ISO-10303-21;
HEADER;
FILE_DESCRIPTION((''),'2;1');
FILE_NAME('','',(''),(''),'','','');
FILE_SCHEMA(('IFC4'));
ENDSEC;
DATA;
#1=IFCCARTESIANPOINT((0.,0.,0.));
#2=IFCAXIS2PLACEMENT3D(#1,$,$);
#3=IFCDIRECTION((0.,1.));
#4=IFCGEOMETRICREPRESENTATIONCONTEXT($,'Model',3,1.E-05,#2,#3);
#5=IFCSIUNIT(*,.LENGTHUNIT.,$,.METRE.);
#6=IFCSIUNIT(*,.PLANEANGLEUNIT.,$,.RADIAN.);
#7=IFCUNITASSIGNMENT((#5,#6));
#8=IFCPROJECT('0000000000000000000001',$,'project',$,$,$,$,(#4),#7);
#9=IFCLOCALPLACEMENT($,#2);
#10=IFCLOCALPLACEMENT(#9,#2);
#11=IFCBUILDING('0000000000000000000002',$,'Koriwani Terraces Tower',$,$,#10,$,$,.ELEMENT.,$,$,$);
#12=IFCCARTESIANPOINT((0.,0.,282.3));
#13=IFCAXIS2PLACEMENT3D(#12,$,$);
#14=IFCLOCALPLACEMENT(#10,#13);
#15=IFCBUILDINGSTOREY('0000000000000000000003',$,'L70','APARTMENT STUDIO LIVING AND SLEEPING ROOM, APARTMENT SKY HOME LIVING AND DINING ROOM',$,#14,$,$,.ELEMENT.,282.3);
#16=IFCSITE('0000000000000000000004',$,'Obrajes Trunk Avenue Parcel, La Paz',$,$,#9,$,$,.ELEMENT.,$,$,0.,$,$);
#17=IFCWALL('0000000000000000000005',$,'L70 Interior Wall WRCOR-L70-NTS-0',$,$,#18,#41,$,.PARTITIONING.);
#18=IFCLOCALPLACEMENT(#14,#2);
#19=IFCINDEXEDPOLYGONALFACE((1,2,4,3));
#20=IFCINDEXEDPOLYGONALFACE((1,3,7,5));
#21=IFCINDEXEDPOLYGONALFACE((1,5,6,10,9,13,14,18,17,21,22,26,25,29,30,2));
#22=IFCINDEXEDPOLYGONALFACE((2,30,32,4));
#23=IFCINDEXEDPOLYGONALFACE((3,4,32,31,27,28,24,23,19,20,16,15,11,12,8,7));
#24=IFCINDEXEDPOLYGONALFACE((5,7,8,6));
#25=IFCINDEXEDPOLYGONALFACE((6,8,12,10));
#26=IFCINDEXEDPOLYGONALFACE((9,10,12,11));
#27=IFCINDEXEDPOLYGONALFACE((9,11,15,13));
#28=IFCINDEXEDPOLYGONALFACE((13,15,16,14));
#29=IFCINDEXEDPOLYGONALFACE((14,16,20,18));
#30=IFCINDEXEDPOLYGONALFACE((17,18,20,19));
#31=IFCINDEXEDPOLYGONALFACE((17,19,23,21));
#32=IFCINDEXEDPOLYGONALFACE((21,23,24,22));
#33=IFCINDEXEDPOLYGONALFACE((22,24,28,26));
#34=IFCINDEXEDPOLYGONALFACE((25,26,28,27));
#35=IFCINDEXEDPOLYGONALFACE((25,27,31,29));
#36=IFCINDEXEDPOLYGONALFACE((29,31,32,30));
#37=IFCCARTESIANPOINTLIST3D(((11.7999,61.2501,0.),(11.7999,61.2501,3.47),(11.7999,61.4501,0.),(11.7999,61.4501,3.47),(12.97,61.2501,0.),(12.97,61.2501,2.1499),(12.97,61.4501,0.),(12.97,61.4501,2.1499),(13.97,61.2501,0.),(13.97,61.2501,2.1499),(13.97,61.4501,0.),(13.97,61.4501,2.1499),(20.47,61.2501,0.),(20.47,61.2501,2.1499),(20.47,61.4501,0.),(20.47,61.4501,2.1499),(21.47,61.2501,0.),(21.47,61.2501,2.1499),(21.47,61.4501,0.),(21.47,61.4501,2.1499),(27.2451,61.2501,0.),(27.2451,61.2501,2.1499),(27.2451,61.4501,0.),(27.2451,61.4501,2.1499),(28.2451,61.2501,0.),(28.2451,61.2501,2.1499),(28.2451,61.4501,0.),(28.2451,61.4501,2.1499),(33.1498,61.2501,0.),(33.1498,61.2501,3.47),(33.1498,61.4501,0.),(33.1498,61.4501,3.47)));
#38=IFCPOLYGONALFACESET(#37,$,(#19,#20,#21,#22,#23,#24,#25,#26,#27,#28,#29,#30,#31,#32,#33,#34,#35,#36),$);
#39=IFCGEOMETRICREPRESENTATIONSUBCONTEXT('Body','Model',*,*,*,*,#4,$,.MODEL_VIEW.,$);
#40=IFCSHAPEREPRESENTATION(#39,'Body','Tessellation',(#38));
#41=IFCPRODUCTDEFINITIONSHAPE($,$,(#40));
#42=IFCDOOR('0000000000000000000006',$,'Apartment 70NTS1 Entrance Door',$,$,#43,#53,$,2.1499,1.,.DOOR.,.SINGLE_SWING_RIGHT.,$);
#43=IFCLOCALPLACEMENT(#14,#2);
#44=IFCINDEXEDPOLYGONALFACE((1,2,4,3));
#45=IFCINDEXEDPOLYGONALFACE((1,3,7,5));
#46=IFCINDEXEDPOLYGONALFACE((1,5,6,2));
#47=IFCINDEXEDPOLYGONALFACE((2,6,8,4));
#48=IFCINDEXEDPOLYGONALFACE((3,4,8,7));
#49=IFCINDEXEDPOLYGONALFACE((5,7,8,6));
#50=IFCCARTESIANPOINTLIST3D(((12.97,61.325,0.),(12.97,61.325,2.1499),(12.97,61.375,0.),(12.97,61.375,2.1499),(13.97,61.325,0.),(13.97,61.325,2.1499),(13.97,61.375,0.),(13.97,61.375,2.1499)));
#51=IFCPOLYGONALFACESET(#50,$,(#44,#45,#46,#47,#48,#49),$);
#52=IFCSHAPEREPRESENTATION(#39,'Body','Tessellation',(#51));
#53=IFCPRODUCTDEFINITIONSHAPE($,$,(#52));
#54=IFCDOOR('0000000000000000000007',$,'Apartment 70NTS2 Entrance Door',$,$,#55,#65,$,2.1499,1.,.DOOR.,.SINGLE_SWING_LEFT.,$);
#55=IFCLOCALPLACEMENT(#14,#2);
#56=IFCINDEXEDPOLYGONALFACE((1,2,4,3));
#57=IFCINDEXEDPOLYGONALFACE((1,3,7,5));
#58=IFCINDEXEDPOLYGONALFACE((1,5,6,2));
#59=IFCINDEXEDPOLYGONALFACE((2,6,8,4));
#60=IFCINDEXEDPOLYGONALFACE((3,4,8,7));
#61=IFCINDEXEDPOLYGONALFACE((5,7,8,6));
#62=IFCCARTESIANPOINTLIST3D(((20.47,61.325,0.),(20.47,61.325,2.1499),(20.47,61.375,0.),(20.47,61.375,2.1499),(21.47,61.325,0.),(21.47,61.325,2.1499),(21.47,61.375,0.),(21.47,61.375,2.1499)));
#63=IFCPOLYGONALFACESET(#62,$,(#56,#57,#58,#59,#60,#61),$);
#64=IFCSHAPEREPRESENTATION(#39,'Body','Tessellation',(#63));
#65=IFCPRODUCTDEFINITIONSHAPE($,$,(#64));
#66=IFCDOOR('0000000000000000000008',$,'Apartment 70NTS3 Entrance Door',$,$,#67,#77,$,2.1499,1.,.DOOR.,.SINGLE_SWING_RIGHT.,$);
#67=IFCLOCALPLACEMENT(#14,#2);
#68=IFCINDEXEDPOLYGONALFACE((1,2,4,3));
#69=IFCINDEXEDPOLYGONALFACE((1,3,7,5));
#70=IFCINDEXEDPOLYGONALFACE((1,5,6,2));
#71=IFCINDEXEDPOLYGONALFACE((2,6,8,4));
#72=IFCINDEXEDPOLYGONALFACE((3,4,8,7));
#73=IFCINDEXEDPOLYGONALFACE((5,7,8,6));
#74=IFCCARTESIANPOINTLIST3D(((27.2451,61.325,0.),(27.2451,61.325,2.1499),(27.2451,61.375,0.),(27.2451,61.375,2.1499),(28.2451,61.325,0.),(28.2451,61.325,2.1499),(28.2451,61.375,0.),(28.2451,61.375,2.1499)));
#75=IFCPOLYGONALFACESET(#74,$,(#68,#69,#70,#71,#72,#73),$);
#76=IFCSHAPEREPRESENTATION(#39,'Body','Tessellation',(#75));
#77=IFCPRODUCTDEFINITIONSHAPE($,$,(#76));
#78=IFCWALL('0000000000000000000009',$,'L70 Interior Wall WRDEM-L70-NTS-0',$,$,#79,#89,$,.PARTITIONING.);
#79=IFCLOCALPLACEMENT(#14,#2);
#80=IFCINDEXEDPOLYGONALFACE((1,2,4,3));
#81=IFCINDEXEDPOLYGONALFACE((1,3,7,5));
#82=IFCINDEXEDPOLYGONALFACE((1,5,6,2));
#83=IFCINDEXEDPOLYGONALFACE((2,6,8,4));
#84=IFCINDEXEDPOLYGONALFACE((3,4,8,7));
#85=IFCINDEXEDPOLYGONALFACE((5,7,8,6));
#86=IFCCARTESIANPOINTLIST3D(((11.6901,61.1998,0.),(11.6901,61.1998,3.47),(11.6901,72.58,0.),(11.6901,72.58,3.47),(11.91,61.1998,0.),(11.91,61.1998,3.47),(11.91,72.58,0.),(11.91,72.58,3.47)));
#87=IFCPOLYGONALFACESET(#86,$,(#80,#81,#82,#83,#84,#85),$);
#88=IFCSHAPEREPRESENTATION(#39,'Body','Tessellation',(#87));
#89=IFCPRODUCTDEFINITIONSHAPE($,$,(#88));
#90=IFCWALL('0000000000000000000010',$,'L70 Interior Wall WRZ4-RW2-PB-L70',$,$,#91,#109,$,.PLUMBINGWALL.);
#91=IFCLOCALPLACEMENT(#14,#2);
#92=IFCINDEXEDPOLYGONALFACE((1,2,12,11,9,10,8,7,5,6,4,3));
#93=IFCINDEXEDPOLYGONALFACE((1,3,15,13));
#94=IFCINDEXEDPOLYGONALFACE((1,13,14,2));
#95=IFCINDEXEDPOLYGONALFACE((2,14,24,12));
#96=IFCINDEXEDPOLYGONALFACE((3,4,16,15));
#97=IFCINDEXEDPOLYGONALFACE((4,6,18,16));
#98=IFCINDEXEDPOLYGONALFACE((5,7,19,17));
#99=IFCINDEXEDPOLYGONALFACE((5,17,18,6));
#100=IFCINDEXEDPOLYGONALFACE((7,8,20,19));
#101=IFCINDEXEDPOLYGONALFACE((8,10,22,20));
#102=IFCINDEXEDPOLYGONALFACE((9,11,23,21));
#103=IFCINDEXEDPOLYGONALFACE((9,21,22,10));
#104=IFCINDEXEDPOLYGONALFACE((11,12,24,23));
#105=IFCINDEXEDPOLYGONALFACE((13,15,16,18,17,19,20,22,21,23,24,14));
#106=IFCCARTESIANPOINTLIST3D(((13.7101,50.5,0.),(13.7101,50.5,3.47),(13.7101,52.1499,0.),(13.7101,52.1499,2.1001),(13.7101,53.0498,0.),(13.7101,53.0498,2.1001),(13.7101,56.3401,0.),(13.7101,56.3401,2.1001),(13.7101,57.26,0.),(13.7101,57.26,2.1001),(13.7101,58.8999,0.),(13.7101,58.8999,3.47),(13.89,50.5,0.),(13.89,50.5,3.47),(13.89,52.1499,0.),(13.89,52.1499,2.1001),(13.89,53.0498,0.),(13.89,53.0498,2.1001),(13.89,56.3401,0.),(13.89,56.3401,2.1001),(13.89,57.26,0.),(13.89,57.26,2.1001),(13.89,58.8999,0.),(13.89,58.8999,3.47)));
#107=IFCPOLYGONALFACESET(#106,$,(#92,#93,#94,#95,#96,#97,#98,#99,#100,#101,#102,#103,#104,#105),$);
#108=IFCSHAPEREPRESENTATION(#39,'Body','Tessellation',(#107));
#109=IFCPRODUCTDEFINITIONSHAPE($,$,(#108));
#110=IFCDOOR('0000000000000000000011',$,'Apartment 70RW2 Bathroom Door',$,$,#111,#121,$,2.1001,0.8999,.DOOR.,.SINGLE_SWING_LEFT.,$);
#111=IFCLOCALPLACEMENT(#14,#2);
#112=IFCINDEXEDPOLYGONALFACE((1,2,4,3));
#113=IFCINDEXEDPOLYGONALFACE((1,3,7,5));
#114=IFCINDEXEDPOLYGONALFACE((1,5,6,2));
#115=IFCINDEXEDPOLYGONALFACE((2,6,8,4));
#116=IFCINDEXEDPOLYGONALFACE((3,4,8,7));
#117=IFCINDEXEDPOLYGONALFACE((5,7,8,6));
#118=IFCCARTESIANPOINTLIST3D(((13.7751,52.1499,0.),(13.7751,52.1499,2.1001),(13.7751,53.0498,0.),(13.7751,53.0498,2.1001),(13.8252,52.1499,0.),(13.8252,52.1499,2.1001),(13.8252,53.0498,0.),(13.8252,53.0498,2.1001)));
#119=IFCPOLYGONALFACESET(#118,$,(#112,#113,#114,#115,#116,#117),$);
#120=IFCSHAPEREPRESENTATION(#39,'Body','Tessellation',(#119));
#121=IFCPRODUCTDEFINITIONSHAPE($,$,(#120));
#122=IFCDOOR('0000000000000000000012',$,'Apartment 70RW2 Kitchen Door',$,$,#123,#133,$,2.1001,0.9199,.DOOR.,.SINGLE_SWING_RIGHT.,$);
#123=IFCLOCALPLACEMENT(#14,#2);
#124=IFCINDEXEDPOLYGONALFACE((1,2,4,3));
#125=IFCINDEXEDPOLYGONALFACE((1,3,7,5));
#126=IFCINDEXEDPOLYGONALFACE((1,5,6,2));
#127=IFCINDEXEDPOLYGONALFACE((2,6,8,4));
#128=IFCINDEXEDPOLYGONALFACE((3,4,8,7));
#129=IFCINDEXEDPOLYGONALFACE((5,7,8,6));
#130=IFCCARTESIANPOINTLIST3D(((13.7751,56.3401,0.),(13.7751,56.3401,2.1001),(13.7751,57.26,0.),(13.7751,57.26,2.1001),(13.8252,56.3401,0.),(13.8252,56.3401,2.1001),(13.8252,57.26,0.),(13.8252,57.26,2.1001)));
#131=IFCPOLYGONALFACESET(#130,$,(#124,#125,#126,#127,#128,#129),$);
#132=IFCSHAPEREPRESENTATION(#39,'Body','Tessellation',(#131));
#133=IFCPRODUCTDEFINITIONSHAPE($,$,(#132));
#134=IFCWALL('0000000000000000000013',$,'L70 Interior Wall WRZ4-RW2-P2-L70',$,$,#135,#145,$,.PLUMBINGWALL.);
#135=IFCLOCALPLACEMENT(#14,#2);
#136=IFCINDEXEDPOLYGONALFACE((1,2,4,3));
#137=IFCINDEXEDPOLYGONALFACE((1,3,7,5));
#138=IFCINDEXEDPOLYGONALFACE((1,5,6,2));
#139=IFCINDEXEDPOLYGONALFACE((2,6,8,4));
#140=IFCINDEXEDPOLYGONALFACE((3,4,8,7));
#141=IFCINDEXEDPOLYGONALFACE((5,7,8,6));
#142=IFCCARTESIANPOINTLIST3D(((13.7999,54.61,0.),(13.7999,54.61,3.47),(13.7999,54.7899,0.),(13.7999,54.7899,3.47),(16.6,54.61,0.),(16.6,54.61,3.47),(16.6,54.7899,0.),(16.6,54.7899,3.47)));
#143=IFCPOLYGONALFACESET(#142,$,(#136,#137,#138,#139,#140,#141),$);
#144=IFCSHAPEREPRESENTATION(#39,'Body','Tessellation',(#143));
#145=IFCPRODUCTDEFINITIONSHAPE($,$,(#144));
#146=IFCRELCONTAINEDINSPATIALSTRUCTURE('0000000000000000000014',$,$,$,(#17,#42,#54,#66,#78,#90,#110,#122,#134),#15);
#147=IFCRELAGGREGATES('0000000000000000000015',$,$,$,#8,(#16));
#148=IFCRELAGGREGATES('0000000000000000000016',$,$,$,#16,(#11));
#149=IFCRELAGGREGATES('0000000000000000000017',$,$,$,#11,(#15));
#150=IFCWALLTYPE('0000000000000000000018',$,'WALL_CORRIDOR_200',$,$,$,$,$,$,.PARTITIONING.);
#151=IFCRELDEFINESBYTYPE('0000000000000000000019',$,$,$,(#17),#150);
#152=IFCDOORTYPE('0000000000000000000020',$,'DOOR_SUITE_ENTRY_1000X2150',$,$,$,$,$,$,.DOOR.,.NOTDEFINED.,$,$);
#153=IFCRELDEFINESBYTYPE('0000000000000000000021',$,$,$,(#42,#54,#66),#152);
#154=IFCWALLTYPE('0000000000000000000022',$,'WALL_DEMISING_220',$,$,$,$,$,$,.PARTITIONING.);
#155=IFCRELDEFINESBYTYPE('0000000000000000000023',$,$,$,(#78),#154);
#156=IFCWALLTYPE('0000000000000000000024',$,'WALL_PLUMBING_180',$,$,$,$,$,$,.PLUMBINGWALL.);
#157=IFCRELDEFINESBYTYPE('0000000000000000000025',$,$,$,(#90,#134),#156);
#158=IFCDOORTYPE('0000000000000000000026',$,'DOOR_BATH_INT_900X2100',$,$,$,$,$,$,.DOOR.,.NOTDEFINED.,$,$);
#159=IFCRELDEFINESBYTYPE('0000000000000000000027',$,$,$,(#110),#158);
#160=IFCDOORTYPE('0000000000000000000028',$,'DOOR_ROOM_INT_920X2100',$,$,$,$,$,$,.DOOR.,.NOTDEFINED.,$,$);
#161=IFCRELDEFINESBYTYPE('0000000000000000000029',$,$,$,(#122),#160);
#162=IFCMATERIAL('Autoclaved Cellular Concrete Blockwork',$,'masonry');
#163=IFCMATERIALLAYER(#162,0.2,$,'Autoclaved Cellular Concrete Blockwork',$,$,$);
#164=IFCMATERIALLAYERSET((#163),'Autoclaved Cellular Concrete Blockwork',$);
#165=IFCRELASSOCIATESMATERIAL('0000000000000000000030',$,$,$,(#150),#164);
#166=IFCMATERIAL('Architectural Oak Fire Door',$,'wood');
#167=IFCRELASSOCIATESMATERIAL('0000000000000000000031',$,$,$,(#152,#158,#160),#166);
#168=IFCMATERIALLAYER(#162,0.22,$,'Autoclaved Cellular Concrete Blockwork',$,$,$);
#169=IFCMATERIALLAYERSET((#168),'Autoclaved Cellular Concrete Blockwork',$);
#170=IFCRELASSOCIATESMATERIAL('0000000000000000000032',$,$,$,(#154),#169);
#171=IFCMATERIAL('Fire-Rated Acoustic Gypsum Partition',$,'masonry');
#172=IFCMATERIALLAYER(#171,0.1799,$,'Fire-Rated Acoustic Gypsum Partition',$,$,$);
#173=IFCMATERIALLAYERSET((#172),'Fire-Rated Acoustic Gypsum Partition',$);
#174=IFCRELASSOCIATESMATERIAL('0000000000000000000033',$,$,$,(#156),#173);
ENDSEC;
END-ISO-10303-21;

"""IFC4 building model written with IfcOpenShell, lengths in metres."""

from ifc_helpers import new_model, si_unit, direction, frame, frame_2d, origin, place, context, subcontext, project, spatial, rectangle, extrude, material, layer, layer_set, type_object, element, fill, save


model = new_model("IFC4")

# Units and contexts
model_context = context("Model", 3, precision=1e-05, world=origin(), true_north=direction((0.0, 1.0)))
body_context = subcontext(model_context, "Body", "Model", "MODEL_VIEW")
ifc_project = project(units=[si_unit("LENGTHUNIT", "METRE"), si_unit("PLANEANGLEUNIT", "RADIAN")], contexts=[model_context])

# Site, building, storey
site_placement = place(None, origin())
site = spatial("IfcSite", under=ifc_project, at=site_placement, Name="Obrajes Trunk Avenue Parcel, La Paz", CompositionType="ELEMENT", RefElevation=0.0)
building_placement = place(site_placement, origin())
building = spatial("IfcBuilding", under=site, at=building_placement, Name="Koriwani Terraces Tower", CompositionType="ELEMENT")
storey_placement = place(building_placement, frame((0.0, 0.0, 282.3)))
storey = spatial("IfcBuildingStorey", under=building, at=storey_placement, Name="L70", Description="APARTMENT STUDIO LIVING AND SLEEPING ROOM, APARTMENT SKY HOME LIVING AND DINING ROOM", CompositionType="ELEMENT", Elevation=282.3)

# Shared definitions
ifc_material_1 = material(Name="Autoclaved Cellular Concrete Blockwork", Category="masonry")
ifc_layer_1 = layer(ifc_material_1, 0.2, Name="Autoclaved Cellular Concrete Blockwork")
ifc_layer_set_1 = layer_set([ifc_layer_1], Name="Autoclaved Cellular Concrete Blockwork")
wall_type_1 = type_object("IfcWallType", Name="WALL_CORRIDOR_200", PredefinedType="PARTITIONING", material=ifc_layer_set_1)
ifc_material_2 = material(Name="Architectural Oak Fire Door", Category="wood")
door_type_1 = type_object("IfcDoorType", Name="DOOR_SUITE_ENTRY_1000X2150", OperationType="NOTDEFINED", PredefinedType="DOOR", material=ifc_material_2)

# Wall, openings, doors
wall_1_placement = place(storey_placement, frame((11.8, 61.3501, 0.0), z_axis=(0.0, 0.0, 1.0), x_axis=(1.0, 0.0, 0.0)))
wall_1 = element("IfcWall", 1, at=wall_1_placement, inside=storey, type_object=wall_type_1, Name="L70 Interior Wall WRCOR-L70-NTS-0", PredefinedType="PARTITIONING", context=body_context, shape_type="SweptSolid", body=[
    extrude(rectangle(XDim=21.3499, YDim=0.2, at=frame_2d((10.6748, 0.0))), origin(), (0.0, 0.0, 1.0), 3.47),
])
opening_1_placement = place(wall_1_placement, frame((1.1699, 0.0, 0.0)))
opening_1 = element("IfcOpeningElement", 2, at=opening_1_placement, cuts=wall_1, PredefinedType="OPENING", context=body_context, shape_type="SweptSolid", body=[
    extrude(rectangle(XDim=1.0, YDim=2.1499, at=frame_2d((0.5, 1.075))), frame((0.0, 0.1099, 0.0), z_axis=(0.0, -1.0, 0.0), x_axis=(1.0, 0.0, 0.0)), (0.0, 0.0, 1.0), 0.22),
])
opening_2_placement = place(wall_1_placement, frame((8.6699, 0.0, 0.0)))
opening_2 = element("IfcOpeningElement", 3, at=opening_2_placement, cuts=wall_1, PredefinedType="OPENING", context=body_context, shape_type="SweptSolid", body=[
    extrude(rectangle(XDim=1.0, YDim=2.1499, at=frame_2d((0.5, 1.075))), frame((0.0, 0.1099, 0.0), z_axis=(0.0, -1.0, 0.0), x_axis=(1.0, 0.0, 0.0)), (0.0, 0.0, 1.0), 0.22),
])
opening_3_placement = place(wall_1_placement, frame((15.4451, 0.0, 0.0)))
opening_3 = element("IfcOpeningElement", 4, at=opening_3_placement, cuts=wall_1, PredefinedType="OPENING", context=body_context, shape_type="SweptSolid", body=[
    extrude(rectangle(XDim=1.0, YDim=2.1499, at=frame_2d((0.5, 1.075))), frame((0.0, 0.1099, 0.0), z_axis=(0.0, -1.0, 0.0), x_axis=(1.0, 0.0, 0.0)), (0.0, 0.0, 1.0), 0.22),
])
door_1_placement = place(opening_1_placement, origin())
door_1 = element("IfcDoor", 5, at=door_1_placement, inside=storey, type_object=door_type_1, Name="Apartment 70NTS1 Entrance Door", OperationType="SINGLE_SWING_RIGHT", OverallHeight=2.1499, OverallWidth=1.0, PredefinedType="DOOR", context=body_context, shape_type="SweptSolid", body=[
    extrude(rectangle(XDim=1.0, YDim=2.1499, at=frame_2d((0.5, 1.075))), frame((0.0, 0.0249, 0.0), z_axis=(0.0, -1.0, 0.0), x_axis=(1.0, 0.0, 0.0)), (0.0, 0.0, 1.0), 0.05),
])
fill(opening_1, door_1)
door_2_placement = place(opening_2_placement, origin())
door_2 = element("IfcDoor", 6, at=door_2_placement, inside=storey, type_object=door_type_1, Name="Apartment 70NTS2 Entrance Door", OperationType="SINGLE_SWING_LEFT", OverallHeight=2.1499, OverallWidth=1.0, PredefinedType="DOOR", context=body_context, shape_type="SweptSolid", body=[
    extrude(rectangle(XDim=1.0, YDim=2.1499, at=frame_2d((0.5, 1.075))), frame((0.0, 0.0249, 0.0), z_axis=(0.0, -1.0, 0.0), x_axis=(1.0, 0.0, 0.0)), (0.0, 0.0, 1.0), 0.05),
])
fill(opening_2, door_2)
door_3_placement = place(opening_3_placement, origin())
door_3 = element("IfcDoor", 7, at=door_3_placement, inside=storey, type_object=door_type_1, Name="Apartment 70NTS3 Entrance Door", OperationType="SINGLE_SWING_RIGHT", OverallHeight=2.1499, OverallWidth=1.0, PredefinedType="DOOR", context=body_context, shape_type="SweptSolid", body=[
    extrude(rectangle(XDim=1.0, YDim=2.1499, at=frame_2d((0.5, 1.075))), frame((0.0, 0.0249, 0.0), z_axis=(0.0, -1.0, 0.0), x_axis=(1.0, 0.0, 0.0)), (0.0, 0.0, 1.0), 0.05),
])
fill(opening_3, door_3)

# Wall
ifc_layer_2 = layer(ifc_material_1, 0.22, Name="Autoclaved Cellular Concrete Blockwork")
ifc_layer_set_2 = layer_set([ifc_layer_2], Name="Autoclaved Cellular Concrete Blockwork")
wall_type_2 = type_object("IfcWallType", Name="WALL_DEMISING_220", PredefinedType="PARTITIONING", material=ifc_layer_set_2)
wall_2_placement = place(storey_placement, frame((11.8, 61.2, 0.0), z_axis=(0.0, 0.0, 1.0), x_axis=(0.0, 1.0, 0.0)))
element("IfcWall", 8, at=wall_2_placement, inside=storey, type_object=wall_type_2, Name="L70 Interior Wall WRDEM-L70-NTS-0", PredefinedType="PARTITIONING", context=body_context, shape_type="SweptSolid", body=[
    extrude(rectangle(XDim=11.3801, YDim=0.22, at=frame_2d((5.6899, 0.0))), origin(), (0.0, 0.0, 1.0), 3.47),
])

# Wall, openings, doors
ifc_material_3 = material(Name="Fire-Rated Acoustic Gypsum Partition", Category="masonry")
ifc_layer_3 = layer(ifc_material_3, 0.1799, Name="Fire-Rated Acoustic Gypsum Partition")
ifc_layer_set_3 = layer_set([ifc_layer_3], Name="Fire-Rated Acoustic Gypsum Partition")
wall_type_3 = type_object("IfcWallType", Name="WALL_PLUMBING_180", PredefinedType="PLUMBINGWALL", material=ifc_layer_set_3)
wall_3_placement = place(storey_placement, frame((13.8, 50.5, 0.0), z_axis=(0.0, 0.0, 1.0), x_axis=(0.0, 1.0, 0.0)))
wall_3 = element("IfcWall", 9, at=wall_3_placement, inside=storey, type_object=wall_type_3, Name="L70 Interior Wall WRZ4-RW2-PB-L70", PredefinedType="PLUMBINGWALL", context=body_context, shape_type="SweptSolid", body=[
    extrude(rectangle(XDim=8.3999, YDim=0.1799, at=frame_2d((4.2, 0.0))), origin(), (0.0, 0.0, 1.0), 3.47),
])
opening_4_placement = place(wall_3_placement, frame((1.6499, 0.0, 0.0)))
opening_4 = element("IfcOpeningElement", 10, at=opening_4_placement, cuts=wall_3, PredefinedType="OPENING", context=body_context, shape_type="SweptSolid", body=[
    extrude(rectangle(XDim=0.8999, YDim=2.1001, at=frame_2d((0.45, 1.05))), frame((0.0, 0.1001, 0.0), z_axis=(0.0, -1.0, 0.0), x_axis=(1.0, 0.0, 0.0)), (0.0, 0.0, 1.0), 0.2),
])
opening_5_placement = place(wall_3_placement, frame((5.8401, 0.0, 0.0)))
opening_5 = element("IfcOpeningElement", 11, at=opening_5_placement, cuts=wall_3, PredefinedType="OPENING", context=body_context, shape_type="SweptSolid", body=[
    extrude(rectangle(XDim=0.9199, YDim=2.1001, at=frame_2d((0.46, 1.05))), frame((0.0, 0.1001, 0.0), z_axis=(0.0, -1.0, 0.0), x_axis=(1.0, 0.0, 0.0)), (0.0, 0.0, 1.0), 0.2),
])
door_type_2 = type_object("IfcDoorType", Name="DOOR_BATH_INT_900X2100", OperationType="NOTDEFINED", PredefinedType="DOOR", material=ifc_material_2)
door_4_placement = place(opening_4_placement, origin())
door_4 = element("IfcDoor", 12, at=door_4_placement, inside=storey, type_object=door_type_2, Name="Apartment 70RW2 Bathroom Door", OperationType="SINGLE_SWING_LEFT", OverallHeight=2.1001, OverallWidth=0.8999, PredefinedType="DOOR", context=body_context, shape_type="SweptSolid", body=[
    extrude(rectangle(XDim=0.8999, YDim=2.1001, at=frame_2d((0.45, 1.05))), frame((0.0, 0.0249, 0.0), z_axis=(0.0, -1.0, 0.0), x_axis=(1.0, 0.0, 0.0)), (0.0, 0.0, 1.0), 0.05),
])
fill(opening_4, door_4)
door_type_3 = type_object("IfcDoorType", Name="DOOR_ROOM_INT_920X2100", OperationType="NOTDEFINED", PredefinedType="DOOR", material=ifc_material_2)
door_5_placement = place(opening_5_placement, origin())
door_5 = element("IfcDoor", 13, at=door_5_placement, inside=storey, type_object=door_type_3, Name="Apartment 70RW2 Kitchen Door", OperationType="SINGLE_SWING_RIGHT", OverallHeight=2.1001, OverallWidth=0.9199, PredefinedType="DOOR", context=body_context, shape_type="SweptSolid", body=[
    extrude(rectangle(XDim=0.9199, YDim=2.1001, at=frame_2d((0.46, 1.05))), frame((0.0, 0.0249, 0.0), z_axis=(0.0, -1.0, 0.0), x_axis=(1.0, 0.0, 0.0)), (0.0, 0.0, 1.0), 0.05),
])
fill(opening_5, door_5)

# Wall
wall_4_placement = place(storey_placement, frame((13.8, 54.7, 0.0), z_axis=(0.0, 0.0, 1.0), x_axis=(1.0, 0.0, 0.0)))
element("IfcWall", 14, at=wall_4_placement, inside=storey, type_object=wall_type_3, Name="L70 Interior Wall WRZ4-RW2-P2-L70", PredefinedType="PLUMBINGWALL", context=body_context, shape_type="SweptSolid", body=[
    extrude(rectangle(XDim=2.8, YDim=0.1799, at=frame_2d((1.3999, 0.0))), origin(), (0.0, 0.0, 1.0), 3.47),
])

save(model, "model.ifc")
